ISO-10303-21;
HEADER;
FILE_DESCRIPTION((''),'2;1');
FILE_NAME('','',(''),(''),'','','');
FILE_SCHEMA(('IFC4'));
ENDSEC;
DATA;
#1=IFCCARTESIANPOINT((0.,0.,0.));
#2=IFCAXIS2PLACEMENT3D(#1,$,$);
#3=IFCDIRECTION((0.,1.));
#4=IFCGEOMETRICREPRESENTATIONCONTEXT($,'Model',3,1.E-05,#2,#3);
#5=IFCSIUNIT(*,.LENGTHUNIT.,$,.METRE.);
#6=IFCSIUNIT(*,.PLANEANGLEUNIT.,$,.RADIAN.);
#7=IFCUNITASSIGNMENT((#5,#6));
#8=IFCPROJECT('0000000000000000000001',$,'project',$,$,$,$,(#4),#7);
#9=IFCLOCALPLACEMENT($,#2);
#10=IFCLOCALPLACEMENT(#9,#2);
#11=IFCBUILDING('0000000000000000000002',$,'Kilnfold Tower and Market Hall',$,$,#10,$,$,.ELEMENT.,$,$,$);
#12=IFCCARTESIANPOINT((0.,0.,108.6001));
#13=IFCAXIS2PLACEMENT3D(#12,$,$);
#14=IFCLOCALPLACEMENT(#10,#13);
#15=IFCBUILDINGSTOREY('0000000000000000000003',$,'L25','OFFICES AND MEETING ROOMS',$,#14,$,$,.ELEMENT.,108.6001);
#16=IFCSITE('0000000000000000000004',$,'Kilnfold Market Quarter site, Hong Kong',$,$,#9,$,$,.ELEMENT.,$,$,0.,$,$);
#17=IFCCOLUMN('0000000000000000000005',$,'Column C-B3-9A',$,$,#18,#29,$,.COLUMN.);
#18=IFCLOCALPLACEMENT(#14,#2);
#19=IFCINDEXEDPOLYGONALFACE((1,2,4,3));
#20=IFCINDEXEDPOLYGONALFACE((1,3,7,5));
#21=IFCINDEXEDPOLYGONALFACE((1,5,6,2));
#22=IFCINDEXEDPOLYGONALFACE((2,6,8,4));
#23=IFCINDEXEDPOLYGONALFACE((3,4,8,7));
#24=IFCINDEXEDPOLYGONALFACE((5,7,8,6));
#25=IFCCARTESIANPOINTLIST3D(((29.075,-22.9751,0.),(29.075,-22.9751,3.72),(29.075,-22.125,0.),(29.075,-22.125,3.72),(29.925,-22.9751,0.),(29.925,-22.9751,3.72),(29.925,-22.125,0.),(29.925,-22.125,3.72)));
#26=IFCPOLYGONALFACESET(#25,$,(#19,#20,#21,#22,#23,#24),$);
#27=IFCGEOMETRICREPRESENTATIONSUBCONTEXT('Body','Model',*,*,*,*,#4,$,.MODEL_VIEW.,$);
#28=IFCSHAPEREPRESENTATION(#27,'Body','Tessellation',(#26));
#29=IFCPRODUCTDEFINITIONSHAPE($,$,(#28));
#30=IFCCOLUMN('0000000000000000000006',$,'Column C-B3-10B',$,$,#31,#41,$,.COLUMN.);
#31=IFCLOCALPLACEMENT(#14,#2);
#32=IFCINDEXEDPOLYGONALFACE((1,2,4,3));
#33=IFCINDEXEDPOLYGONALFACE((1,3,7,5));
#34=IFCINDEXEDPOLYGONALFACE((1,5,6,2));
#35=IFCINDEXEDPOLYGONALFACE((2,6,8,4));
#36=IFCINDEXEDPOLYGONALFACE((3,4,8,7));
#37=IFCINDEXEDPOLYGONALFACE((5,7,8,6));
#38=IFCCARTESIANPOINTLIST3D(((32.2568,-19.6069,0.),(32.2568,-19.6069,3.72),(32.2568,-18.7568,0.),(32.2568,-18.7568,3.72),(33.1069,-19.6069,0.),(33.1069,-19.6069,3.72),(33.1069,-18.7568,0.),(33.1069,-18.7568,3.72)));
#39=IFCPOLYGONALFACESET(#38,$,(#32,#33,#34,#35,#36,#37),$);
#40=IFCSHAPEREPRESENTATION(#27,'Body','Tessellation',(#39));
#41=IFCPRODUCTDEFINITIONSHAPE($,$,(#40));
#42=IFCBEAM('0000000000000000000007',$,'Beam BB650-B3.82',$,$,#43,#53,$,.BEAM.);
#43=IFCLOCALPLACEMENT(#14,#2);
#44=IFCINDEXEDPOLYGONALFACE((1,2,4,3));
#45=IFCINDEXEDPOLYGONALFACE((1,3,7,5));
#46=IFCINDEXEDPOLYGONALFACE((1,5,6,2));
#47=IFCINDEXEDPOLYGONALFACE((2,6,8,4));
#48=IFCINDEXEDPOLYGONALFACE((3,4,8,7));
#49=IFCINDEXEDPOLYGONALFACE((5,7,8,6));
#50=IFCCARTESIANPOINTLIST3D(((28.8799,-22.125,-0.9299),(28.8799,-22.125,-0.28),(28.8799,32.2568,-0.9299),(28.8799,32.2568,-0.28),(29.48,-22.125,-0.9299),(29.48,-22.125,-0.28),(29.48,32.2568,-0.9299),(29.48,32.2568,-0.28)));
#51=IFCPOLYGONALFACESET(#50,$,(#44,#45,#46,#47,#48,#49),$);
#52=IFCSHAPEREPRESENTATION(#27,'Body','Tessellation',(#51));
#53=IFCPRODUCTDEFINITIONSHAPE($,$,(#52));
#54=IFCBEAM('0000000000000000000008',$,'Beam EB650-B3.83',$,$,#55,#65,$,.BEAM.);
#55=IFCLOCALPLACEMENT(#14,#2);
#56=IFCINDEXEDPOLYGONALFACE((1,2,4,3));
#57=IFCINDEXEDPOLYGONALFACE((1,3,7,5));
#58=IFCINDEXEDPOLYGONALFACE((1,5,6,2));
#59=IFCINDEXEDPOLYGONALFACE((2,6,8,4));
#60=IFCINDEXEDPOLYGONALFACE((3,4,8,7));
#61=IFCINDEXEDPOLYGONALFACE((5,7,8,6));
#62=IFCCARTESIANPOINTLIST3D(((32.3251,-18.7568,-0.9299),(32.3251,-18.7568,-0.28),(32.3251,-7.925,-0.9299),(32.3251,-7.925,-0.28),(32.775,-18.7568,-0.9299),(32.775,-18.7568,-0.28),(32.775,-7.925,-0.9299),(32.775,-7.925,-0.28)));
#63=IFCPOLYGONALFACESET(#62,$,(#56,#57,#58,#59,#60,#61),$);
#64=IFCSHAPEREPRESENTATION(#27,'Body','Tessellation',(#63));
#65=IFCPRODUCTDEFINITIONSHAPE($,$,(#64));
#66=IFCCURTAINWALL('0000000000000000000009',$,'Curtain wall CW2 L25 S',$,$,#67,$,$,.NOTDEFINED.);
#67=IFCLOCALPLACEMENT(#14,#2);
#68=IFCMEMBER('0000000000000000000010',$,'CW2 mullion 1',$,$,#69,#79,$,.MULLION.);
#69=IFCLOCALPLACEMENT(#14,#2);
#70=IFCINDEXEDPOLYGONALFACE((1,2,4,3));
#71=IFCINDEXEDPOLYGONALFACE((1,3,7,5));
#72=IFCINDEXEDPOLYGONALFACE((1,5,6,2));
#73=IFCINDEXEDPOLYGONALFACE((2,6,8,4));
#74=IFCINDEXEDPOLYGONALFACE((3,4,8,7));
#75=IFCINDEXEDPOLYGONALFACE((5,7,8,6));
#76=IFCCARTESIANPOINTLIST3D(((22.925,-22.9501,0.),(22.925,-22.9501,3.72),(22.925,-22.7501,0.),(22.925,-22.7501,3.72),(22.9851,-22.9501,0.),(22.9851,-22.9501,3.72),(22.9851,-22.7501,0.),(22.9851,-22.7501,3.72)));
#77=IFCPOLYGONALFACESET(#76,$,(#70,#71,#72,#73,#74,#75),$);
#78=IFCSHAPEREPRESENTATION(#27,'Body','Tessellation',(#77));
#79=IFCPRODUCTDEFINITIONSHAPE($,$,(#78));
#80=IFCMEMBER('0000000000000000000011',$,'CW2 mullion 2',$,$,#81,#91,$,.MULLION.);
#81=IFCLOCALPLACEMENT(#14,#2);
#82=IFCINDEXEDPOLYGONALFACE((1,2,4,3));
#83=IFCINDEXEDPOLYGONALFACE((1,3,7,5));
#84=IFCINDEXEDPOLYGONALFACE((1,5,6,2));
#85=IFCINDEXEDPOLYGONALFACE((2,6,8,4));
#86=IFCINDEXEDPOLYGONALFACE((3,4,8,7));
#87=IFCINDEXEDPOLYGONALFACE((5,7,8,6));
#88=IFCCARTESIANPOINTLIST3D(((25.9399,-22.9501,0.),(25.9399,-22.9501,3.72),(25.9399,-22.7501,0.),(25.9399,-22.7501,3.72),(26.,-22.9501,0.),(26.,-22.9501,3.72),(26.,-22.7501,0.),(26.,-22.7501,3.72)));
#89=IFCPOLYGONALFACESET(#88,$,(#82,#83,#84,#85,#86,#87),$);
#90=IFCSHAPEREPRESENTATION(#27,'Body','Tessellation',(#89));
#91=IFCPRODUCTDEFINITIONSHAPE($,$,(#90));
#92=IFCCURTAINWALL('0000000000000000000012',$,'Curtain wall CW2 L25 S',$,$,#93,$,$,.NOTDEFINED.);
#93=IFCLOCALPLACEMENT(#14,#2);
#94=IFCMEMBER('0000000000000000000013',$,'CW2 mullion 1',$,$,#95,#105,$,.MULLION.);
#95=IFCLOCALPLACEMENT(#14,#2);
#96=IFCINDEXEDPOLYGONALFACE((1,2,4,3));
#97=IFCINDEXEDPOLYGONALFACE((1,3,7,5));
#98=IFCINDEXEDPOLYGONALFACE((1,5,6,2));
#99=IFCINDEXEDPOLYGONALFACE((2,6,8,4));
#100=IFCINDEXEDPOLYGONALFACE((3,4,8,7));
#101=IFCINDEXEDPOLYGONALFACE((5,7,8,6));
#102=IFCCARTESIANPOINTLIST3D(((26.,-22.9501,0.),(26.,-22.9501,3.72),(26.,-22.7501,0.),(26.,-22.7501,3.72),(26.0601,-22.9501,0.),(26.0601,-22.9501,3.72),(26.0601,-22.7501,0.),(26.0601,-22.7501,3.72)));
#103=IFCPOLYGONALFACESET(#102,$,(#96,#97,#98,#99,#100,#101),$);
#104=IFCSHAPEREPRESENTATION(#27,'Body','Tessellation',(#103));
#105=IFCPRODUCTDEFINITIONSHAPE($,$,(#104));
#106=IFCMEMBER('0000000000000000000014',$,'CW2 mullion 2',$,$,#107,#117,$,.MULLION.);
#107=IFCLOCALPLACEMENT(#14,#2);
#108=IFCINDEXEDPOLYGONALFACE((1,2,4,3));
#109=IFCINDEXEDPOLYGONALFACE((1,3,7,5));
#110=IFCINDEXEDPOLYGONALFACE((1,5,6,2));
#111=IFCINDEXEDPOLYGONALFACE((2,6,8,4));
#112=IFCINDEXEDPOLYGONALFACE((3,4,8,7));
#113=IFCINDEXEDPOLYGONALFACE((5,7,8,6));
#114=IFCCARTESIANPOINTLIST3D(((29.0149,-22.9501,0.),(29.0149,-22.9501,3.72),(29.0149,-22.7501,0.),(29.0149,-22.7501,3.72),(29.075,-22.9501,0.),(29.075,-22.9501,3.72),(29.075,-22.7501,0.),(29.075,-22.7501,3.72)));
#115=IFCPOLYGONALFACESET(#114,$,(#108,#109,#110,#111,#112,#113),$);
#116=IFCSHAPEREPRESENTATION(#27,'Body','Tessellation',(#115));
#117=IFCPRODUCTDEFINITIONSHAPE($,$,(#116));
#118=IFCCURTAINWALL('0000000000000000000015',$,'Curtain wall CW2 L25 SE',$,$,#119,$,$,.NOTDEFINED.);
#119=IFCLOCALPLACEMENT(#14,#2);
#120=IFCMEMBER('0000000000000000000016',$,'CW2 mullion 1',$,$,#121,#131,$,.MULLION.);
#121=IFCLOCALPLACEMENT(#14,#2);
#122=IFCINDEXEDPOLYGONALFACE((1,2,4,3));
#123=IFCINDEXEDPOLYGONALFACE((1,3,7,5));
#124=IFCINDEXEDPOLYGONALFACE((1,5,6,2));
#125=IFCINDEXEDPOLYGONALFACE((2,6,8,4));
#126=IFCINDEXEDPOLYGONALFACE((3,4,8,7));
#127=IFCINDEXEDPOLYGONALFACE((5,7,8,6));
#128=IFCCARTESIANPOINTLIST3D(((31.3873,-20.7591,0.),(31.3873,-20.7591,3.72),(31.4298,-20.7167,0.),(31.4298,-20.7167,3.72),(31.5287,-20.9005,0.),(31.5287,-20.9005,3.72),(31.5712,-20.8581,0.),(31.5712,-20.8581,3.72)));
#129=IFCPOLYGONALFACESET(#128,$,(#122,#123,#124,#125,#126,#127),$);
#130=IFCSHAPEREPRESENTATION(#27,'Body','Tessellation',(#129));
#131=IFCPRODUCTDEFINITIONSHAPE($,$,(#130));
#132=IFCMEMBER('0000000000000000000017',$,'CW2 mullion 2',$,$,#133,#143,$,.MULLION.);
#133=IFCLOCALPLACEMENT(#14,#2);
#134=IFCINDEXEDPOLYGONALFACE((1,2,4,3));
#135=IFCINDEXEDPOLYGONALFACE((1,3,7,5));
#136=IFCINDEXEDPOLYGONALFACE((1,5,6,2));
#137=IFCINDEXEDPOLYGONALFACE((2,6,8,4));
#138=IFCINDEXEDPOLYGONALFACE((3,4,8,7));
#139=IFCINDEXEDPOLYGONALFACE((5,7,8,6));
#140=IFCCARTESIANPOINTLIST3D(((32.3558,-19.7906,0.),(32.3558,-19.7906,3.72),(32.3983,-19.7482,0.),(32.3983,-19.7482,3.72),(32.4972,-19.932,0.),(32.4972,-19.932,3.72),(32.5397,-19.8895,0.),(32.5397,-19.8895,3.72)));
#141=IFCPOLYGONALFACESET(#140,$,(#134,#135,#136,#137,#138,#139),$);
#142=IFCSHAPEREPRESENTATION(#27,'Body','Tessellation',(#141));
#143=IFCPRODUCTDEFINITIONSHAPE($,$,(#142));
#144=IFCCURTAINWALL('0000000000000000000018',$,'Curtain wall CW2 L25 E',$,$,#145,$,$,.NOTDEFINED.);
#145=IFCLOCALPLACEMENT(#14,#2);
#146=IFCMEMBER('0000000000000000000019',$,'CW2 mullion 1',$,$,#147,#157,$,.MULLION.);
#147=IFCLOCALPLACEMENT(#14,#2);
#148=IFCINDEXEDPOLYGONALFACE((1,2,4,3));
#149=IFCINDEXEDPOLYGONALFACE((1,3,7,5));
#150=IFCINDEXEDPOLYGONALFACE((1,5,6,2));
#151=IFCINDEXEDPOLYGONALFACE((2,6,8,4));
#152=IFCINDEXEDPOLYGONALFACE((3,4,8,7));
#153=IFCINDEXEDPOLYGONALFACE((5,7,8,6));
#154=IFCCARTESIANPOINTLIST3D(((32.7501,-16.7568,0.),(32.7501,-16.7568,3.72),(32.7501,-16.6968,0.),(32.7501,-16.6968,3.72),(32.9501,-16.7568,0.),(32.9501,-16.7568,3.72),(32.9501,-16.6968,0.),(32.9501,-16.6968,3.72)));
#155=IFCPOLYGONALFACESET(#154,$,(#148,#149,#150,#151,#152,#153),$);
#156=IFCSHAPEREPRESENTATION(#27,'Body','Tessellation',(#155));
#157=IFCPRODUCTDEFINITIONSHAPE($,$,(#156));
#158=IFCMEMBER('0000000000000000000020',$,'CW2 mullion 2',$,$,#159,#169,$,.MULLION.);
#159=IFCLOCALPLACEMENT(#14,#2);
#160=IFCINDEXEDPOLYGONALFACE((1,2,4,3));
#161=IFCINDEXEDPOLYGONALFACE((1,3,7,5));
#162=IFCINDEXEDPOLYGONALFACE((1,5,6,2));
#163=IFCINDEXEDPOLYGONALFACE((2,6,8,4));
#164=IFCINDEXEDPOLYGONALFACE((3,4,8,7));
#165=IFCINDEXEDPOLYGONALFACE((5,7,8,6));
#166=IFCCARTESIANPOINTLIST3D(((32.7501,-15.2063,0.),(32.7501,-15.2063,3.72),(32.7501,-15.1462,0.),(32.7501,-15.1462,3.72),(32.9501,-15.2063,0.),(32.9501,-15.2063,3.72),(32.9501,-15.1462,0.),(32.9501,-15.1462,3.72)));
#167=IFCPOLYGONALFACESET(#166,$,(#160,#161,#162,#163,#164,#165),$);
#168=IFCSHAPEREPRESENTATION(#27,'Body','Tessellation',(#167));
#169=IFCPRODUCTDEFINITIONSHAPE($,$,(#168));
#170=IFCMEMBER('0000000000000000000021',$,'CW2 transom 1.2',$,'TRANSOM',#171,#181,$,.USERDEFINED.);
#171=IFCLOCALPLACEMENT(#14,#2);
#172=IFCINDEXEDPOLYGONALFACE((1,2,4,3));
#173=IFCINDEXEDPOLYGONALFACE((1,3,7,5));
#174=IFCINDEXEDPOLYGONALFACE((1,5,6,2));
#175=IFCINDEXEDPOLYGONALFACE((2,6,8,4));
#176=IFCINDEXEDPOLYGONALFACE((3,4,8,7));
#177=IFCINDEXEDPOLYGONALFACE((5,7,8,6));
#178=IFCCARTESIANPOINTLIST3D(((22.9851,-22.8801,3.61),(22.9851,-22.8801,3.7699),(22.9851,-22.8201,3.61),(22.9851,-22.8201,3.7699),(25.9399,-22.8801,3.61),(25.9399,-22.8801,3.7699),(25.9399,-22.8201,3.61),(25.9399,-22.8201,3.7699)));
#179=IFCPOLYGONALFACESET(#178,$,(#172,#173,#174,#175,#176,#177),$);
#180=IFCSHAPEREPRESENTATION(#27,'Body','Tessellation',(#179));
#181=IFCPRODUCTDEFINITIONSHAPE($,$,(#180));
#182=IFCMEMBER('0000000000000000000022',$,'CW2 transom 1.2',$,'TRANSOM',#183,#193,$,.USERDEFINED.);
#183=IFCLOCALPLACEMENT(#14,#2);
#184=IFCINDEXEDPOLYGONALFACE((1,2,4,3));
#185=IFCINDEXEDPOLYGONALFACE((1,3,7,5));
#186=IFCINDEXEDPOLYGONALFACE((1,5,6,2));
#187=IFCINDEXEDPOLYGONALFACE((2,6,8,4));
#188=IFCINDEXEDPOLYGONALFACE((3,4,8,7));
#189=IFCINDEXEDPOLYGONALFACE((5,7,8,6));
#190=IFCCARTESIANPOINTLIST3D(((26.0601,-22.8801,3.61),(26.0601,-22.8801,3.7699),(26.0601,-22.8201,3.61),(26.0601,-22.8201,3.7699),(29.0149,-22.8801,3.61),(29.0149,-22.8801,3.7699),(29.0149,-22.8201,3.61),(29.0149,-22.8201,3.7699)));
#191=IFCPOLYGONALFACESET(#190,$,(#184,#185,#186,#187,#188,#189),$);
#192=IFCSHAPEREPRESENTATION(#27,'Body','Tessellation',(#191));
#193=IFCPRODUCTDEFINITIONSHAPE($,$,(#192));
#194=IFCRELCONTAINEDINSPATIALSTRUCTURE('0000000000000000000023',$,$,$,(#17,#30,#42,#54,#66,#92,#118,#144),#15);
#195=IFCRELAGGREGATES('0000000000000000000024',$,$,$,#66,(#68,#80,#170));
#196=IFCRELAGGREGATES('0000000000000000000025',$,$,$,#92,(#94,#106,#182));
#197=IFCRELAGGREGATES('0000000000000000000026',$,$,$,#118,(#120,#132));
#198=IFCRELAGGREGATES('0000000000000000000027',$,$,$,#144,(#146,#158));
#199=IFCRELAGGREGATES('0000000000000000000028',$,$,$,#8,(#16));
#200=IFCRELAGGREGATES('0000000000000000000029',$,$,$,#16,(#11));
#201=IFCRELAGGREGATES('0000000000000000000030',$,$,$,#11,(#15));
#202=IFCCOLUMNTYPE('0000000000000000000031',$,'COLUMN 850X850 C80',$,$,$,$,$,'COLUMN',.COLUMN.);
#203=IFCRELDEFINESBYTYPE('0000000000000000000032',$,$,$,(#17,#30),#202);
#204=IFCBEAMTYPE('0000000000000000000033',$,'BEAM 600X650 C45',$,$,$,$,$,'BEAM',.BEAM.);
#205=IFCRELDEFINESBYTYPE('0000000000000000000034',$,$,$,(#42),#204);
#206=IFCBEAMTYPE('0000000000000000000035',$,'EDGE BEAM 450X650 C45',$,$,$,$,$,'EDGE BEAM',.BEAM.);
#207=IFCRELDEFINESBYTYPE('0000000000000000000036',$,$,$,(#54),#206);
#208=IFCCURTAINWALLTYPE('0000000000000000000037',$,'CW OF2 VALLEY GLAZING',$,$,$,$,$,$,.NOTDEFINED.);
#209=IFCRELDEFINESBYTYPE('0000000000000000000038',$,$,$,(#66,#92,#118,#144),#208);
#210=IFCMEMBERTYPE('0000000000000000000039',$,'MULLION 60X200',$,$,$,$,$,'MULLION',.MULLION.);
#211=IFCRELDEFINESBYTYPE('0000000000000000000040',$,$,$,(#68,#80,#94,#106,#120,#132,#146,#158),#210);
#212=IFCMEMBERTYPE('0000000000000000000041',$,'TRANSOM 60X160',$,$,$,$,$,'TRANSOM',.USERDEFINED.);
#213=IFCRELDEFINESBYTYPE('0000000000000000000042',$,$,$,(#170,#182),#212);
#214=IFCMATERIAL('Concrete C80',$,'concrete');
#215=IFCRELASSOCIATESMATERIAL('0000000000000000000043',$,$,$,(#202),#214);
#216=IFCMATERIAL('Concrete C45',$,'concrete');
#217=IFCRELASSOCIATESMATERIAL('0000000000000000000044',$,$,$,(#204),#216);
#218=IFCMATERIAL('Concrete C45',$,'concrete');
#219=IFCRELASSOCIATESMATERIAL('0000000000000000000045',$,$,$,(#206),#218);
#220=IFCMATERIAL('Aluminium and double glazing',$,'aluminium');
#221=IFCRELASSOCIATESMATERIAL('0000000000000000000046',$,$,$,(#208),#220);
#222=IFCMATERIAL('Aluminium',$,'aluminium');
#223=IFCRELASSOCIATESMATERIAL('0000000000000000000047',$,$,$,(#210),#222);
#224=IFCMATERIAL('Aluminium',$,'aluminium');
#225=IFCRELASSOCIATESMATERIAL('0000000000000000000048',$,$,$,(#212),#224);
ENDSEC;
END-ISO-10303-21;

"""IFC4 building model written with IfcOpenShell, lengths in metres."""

from ifc_helpers import new_model, si_unit, direction, frame, origin, origin_2d, place, context, subcontext, project, spatial, rectangle, extrude, source, transform, mapped, material, material_profile, profile_set, type_object, element, aggregate, save


model = new_model("IFC4")

# Units and contexts
model_context = context("Model", 3, precision=1e-05, world=origin(), true_north=direction((0.0, 1.0)))
body_context = subcontext(model_context, "Body", "Model", "MODEL_VIEW")
ifc_project = project(units=[si_unit("LENGTHUNIT", "METRE"), si_unit("PLANEANGLEUNIT", "RADIAN")], contexts=[model_context])

# Site, building, storey
site_placement = place(None, origin())
site = spatial("IfcSite", under=ifc_project, at=site_placement, Name="Kilnfold Market Quarter site, Hong Kong", CompositionType="ELEMENT", RefElevation=0.0)
building_placement = place(site_placement, origin())
building = spatial("IfcBuilding", under=site, at=building_placement, Name="Kilnfold Tower and Market Hall", CompositionType="ELEMENT")
storey_placement = place(building_placement, frame((0.0, 0.0, 108.6001)))
storey = spatial("IfcBuildingStorey", under=building, at=storey_placement, Name="L25", Description="OFFICES AND MEETING ROOMS", CompositionType="ELEMENT", Elevation=108.6001)

# Columns
ifc_material_1 = material(Name="Concrete C80", Category="concrete")
ifc_material_profile_1 = material_profile(ifc_material_1, rectangle(XDim=0.8501, YDim=0.8501, at=origin_2d()), Name="RC 850x850")
ifc_profile_set_1 = profile_set([ifc_material_profile_1], Name="Concrete C80")
column_type = type_object("IfcColumnType", Name="COLUMN 850X850 C80", ElementType="COLUMN", PredefinedType="COLUMN", material=ifc_profile_set_1)
shared_shape_1 = source(origin(), body_context, "Body", "SweptSolid", [
    extrude(rectangle(XDim=0.8501, YDim=0.8501, at=origin_2d()), origin(), (0.0, 0.0, 1.0), 3.72),
])
for number, where, z_axis, x_axis, name in (
    (1, (29.5, -22.55, 0.0), (0.0, 0.0, 1.0), (1.0, 0.0, 0.0), "Column C-B3-9A"),
    (2, (32.6819, -19.1819, 0.0), (0.0, 0.0, 1.0), (1.0, 0.0, 0.0), "Column C-B3-10B"),
):
    element("IfcColumn", number, at=place(storey_placement, frame(where, z_axis=z_axis, x_axis=x_axis)), inside=storey, type_object=column_type, Name=name, PredefinedType="COLUMN", context=body_context, shape_type="MappedRepresentation", body=[
        mapped(shared_shape_1, transform((0.0, 0.0, 0.0))),
    ])

# Beams
ifc_material_2 = material(Name="Concrete C45", Category="concrete")
ifc_material_profile_2 = material_profile(ifc_material_2, rectangle(XDim=0.6001, YDim=0.6499, at=origin_2d()), Name="RC 600x650")
ifc_profile_set_2 = profile_set([ifc_material_profile_2], Name="Concrete C45")
beam_type_1 = type_object("IfcBeamType", Name="BEAM 600X650 C45", ElementType="BEAM", PredefinedType="BEAM", material=ifc_profile_set_2)
shared_shape_2 = source(origin(), body_context, "Body", "SweptSolid", [
    extrude(rectangle(XDim=0.6001, YDim=0.6499, at=origin_2d()), origin(), (0.0, 0.0, 1.0), 54.3818),
])
beam_1_placement = place(storey_placement, frame((29.1799, -22.125, -0.605), z_axis=(0.0, 1.0, 0.0), x_axis=(-1.0, 0.0, 0.0)))
element("IfcBeam", 3, at=beam_1_placement, inside=storey, type_object=beam_type_1, Name="Beam BB650-B3.82", PredefinedType="BEAM", context=body_context, shape_type="MappedRepresentation", body=[
    mapped(shared_shape_2, transform((0.0, 0.0, 0.0))),
])
ifc_material_3 = material(Name="Concrete C45", Category="concrete")
ifc_material_profile_3 = material_profile(ifc_material_3, rectangle(XDim=0.45, YDim=0.6499, at=origin_2d()), Name="RC 450x650")
ifc_profile_set_3 = profile_set([ifc_material_profile_3], Name="Concrete C45")
beam_type_2 = type_object("IfcBeamType", Name="EDGE BEAM 450X650 C45", ElementType="EDGE BEAM", PredefinedType="BEAM", material=ifc_profile_set_3)
shared_shape_3 = source(origin(), body_context, "Body", "SweptSolid", [
    extrude(rectangle(XDim=0.45, YDim=0.6499, at=origin_2d()), origin(), (0.0, 0.0, 1.0), 10.8318),
])
beam_2_placement = place(storey_placement, frame((32.55, -18.7568, -0.605), z_axis=(0.0, 1.0, 0.0), x_axis=(-1.0, 0.0, 0.0)))
element("IfcBeam", 4, at=beam_2_placement, inside=storey, type_object=beam_type_2, Name="Beam EB650-B3.83", PredefinedType="BEAM", context=body_context, shape_type="MappedRepresentation", body=[
    mapped(shared_shape_3, transform((0.0, 0.0, 0.0))),
])

# Curtain walls, members
ifc_material_4 = material(Name="Aluminium and double glazing", Category="aluminium")
curtain_wall_type = type_object("IfcCurtainWallType", Name="CW OF2 VALLEY GLAZING", PredefinedType="NOTDEFINED", material=ifc_material_4)
curtain_wall_1_placement = place(storey_placement, origin())
curtain_wall_1 = element("IfcCurtainWall", 5, at=curtain_wall_1_placement, inside=storey, type_object=curtain_wall_type, Name="Curtain wall CW2 L25 S", PredefinedType="NOTDEFINED")
ifc_material_5 = material(Name="Aluminium", Category="aluminium")
ifc_material_profile_4 = material_profile(ifc_material_5, rectangle(XDim=0.0601, YDim=0.2, at=origin_2d()), Name="MULLION 60x200")
ifc_profile_set_4 = profile_set([ifc_material_profile_4], Name="Aluminium")
member_type_1 = type_object("IfcMemberType", Name="MULLION 60X200", ElementType="MULLION", PredefinedType="MULLION", material=ifc_profile_set_4)
shared_shape_4 = source(origin(), body_context, "Body", "SweptSolid", [
    extrude(rectangle(XDim=0.0601, YDim=0.2, at=origin_2d()), origin(), (0.0, 0.0, 1.0), 3.72),
])
member_1_placement = place(storey_placement, frame((22.9551, -22.8501, 0.0), z_axis=(0.0, 0.0, 1.0), x_axis=(1.0, 0.0, 0.0)))
member_1 = element("IfcMember", 6, at=member_1_placement, type_object=member_type_1, Name="CW2 mullion 1", PredefinedType="MULLION", context=body_context, shape_type="MappedRepresentation", body=[
    mapped(shared_shape_4, transform((0.0, 0.0, 0.0))),
])
member_2_placement = place(storey_placement, frame((25.97, -22.8501, 0.0), z_axis=(0.0, 0.0, 1.0), x_axis=(1.0, 0.0, 0.0)))
member_2 = element("IfcMember", 7, at=member_2_placement, type_object=member_type_1, Name="CW2 mullion 2", PredefinedType="MULLION", context=body_context, shape_type="MappedRepresentation", body=[
    mapped(shared_shape_4, transform((0.0, 0.0, 0.0))),
])
curtain_wall_2_placement = place(storey_placement, origin())
curtain_wall_2 = element("IfcCurtainWall", 8, at=curtain_wall_2_placement, inside=storey, type_object=curtain_wall_type, Name="Curtain wall CW2 L25 S", PredefinedType="NOTDEFINED")
member_3_placement = place(storey_placement, frame((26.03, -22.8501, 0.0), z_axis=(0.0, 0.0, 1.0), x_axis=(1.0, 0.0, 0.0)))
member_3 = element("IfcMember", 9, at=member_3_placement, type_object=member_type_1, Name="CW2 mullion 1", PredefinedType="MULLION", context=body_context, shape_type="MappedRepresentation", body=[
    mapped(shared_shape_4, transform((0.0, 0.0, 0.0))),
])
member_4_placement = place(storey_placement, frame((29.0449, -22.8501, 0.0), z_axis=(0.0, 0.0, 1.0), x_axis=(1.0, 0.0, 0.0)))
member_4 = element("IfcMember", 10, at=member_4_placement, type_object=member_type_1, Name="CW2 mullion 2", PredefinedType="MULLION", context=body_context, shape_type="MappedRepresentation", body=[
    mapped(shared_shape_4, transform((0.0, 0.0, 0.0))),
])
curtain_wall_3_placement = place(storey_placement, origin())
curtain_wall_3 = element("IfcCurtainWall", 11, at=curtain_wall_3_placement, inside=storey, type_object=curtain_wall_type, Name="Curtain wall CW2 L25 SE", PredefinedType="NOTDEFINED")
member_5_placement = place(storey_placement, frame((31.4792, -20.8086, 0.0), z_axis=(0.0, 0.0, 1.0), x_axis=(0.707107, 0.707107, 0.0)))
member_5 = element("IfcMember", 12, at=member_5_placement, type_object=member_type_1, Name="CW2 mullion 1", PredefinedType="MULLION", context=body_context, shape_type="MappedRepresentation", body=[
    mapped(shared_shape_4, transform((0.0, 0.0, 0.0))),
])
member_6_placement = place(storey_placement, frame((32.4478, -19.8401, 0.0), z_axis=(0.0, 0.0, 1.0), x_axis=(0.707107, 0.707107, 0.0)))
member_6 = element("IfcMember", 13, at=member_6_placement, type_object=member_type_1, Name="CW2 mullion 2", PredefinedType="MULLION", context=body_context, shape_type="MappedRepresentation", body=[
    mapped(shared_shape_4, transform((0.0, 0.0, 0.0))),
])
curtain_wall_4_placement = place(storey_placement, origin())
curtain_wall_4 = element("IfcCurtainWall", 14, at=curtain_wall_4_placement, inside=storey, type_object=curtain_wall_type, Name="Curtain wall CW2 L25 E", PredefinedType="NOTDEFINED")
member_7_placement = place(storey_placement, frame((32.8501, -16.7268, 0.0), z_axis=(0.0, 0.0, 1.0), x_axis=(0.0, 1.0, 0.0)))
member_7 = element("IfcMember", 15, at=member_7_placement, type_object=member_type_1, Name="CW2 mullion 1", PredefinedType="MULLION", context=body_context, shape_type="MappedRepresentation", body=[
    mapped(shared_shape_4, transform((0.0, 0.0, 0.0))),
])
member_8_placement = place(storey_placement, frame((32.8501, -15.1763, 0.0), z_axis=(0.0, 0.0, 1.0), x_axis=(0.0, 1.0, 0.0)))
member_8 = element("IfcMember", 16, at=member_8_placement, type_object=member_type_1, Name="CW2 mullion 2", PredefinedType="MULLION", context=body_context, shape_type="MappedRepresentation", body=[
    mapped(shared_shape_4, transform((0.0, 0.0, 0.0))),
])

# Members
ifc_material_6 = material(Name="Aluminium", Category="aluminium")
ifc_material_profile_5 = material_profile(ifc_material_6, rectangle(XDim=0.0601, YDim=0.1599, at=origin_2d()), Name="TRANSOM 60x160")
ifc_profile_set_5 = profile_set([ifc_material_profile_5], Name="Aluminium")
member_type_2 = type_object("IfcMemberType", Name="TRANSOM 60X160", ElementType="TRANSOM", PredefinedType="USERDEFINED", material=ifc_profile_set_5)
shared_shape_5 = source(origin(), body_context, "Body", "SweptSolid", [
    extrude(rectangle(XDim=0.0601, YDim=0.1599, at=origin_2d()), origin(), (0.0, 0.0, 1.0), 2.9548),
])
member_9_placement = place(storey_placement, frame((22.9851, -22.8501, 3.6899), z_axis=(1.0, 0.0, 0.0), x_axis=(0.0, 1.0, 0.0)))
member_9 = element("IfcMember", 17, at=member_9_placement, type_object=member_type_2, Name="CW2 transom 1.2", ObjectType="TRANSOM", PredefinedType="USERDEFINED", context=body_context, shape_type="MappedRepresentation", body=[
    mapped(shared_shape_5, transform((0.0, 0.0, 0.0))),
])
member_10_placement = place(storey_placement, frame((26.0601, -22.8501, 3.6899), z_axis=(1.0, 0.0, 0.0), x_axis=(0.0, 1.0, 0.0)))
member_10 = element("IfcMember", 18, at=member_10_placement, type_object=member_type_2, Name="CW2 transom 1.2", ObjectType="TRANSOM", PredefinedType="USERDEFINED", context=body_context, shape_type="MappedRepresentation", body=[
    mapped(shared_shape_5, transform((0.0, 0.0, 0.0))),
])

aggregate(curtain_wall_1, [member_1, member_2, member_9])
aggregate(curtain_wall_2, [member_3, member_4, member_10])
aggregate(curtain_wall_3, [member_5, member_6])
aggregate(curtain_wall_4, [member_7, member_8])

save(model, "model.ifc")
